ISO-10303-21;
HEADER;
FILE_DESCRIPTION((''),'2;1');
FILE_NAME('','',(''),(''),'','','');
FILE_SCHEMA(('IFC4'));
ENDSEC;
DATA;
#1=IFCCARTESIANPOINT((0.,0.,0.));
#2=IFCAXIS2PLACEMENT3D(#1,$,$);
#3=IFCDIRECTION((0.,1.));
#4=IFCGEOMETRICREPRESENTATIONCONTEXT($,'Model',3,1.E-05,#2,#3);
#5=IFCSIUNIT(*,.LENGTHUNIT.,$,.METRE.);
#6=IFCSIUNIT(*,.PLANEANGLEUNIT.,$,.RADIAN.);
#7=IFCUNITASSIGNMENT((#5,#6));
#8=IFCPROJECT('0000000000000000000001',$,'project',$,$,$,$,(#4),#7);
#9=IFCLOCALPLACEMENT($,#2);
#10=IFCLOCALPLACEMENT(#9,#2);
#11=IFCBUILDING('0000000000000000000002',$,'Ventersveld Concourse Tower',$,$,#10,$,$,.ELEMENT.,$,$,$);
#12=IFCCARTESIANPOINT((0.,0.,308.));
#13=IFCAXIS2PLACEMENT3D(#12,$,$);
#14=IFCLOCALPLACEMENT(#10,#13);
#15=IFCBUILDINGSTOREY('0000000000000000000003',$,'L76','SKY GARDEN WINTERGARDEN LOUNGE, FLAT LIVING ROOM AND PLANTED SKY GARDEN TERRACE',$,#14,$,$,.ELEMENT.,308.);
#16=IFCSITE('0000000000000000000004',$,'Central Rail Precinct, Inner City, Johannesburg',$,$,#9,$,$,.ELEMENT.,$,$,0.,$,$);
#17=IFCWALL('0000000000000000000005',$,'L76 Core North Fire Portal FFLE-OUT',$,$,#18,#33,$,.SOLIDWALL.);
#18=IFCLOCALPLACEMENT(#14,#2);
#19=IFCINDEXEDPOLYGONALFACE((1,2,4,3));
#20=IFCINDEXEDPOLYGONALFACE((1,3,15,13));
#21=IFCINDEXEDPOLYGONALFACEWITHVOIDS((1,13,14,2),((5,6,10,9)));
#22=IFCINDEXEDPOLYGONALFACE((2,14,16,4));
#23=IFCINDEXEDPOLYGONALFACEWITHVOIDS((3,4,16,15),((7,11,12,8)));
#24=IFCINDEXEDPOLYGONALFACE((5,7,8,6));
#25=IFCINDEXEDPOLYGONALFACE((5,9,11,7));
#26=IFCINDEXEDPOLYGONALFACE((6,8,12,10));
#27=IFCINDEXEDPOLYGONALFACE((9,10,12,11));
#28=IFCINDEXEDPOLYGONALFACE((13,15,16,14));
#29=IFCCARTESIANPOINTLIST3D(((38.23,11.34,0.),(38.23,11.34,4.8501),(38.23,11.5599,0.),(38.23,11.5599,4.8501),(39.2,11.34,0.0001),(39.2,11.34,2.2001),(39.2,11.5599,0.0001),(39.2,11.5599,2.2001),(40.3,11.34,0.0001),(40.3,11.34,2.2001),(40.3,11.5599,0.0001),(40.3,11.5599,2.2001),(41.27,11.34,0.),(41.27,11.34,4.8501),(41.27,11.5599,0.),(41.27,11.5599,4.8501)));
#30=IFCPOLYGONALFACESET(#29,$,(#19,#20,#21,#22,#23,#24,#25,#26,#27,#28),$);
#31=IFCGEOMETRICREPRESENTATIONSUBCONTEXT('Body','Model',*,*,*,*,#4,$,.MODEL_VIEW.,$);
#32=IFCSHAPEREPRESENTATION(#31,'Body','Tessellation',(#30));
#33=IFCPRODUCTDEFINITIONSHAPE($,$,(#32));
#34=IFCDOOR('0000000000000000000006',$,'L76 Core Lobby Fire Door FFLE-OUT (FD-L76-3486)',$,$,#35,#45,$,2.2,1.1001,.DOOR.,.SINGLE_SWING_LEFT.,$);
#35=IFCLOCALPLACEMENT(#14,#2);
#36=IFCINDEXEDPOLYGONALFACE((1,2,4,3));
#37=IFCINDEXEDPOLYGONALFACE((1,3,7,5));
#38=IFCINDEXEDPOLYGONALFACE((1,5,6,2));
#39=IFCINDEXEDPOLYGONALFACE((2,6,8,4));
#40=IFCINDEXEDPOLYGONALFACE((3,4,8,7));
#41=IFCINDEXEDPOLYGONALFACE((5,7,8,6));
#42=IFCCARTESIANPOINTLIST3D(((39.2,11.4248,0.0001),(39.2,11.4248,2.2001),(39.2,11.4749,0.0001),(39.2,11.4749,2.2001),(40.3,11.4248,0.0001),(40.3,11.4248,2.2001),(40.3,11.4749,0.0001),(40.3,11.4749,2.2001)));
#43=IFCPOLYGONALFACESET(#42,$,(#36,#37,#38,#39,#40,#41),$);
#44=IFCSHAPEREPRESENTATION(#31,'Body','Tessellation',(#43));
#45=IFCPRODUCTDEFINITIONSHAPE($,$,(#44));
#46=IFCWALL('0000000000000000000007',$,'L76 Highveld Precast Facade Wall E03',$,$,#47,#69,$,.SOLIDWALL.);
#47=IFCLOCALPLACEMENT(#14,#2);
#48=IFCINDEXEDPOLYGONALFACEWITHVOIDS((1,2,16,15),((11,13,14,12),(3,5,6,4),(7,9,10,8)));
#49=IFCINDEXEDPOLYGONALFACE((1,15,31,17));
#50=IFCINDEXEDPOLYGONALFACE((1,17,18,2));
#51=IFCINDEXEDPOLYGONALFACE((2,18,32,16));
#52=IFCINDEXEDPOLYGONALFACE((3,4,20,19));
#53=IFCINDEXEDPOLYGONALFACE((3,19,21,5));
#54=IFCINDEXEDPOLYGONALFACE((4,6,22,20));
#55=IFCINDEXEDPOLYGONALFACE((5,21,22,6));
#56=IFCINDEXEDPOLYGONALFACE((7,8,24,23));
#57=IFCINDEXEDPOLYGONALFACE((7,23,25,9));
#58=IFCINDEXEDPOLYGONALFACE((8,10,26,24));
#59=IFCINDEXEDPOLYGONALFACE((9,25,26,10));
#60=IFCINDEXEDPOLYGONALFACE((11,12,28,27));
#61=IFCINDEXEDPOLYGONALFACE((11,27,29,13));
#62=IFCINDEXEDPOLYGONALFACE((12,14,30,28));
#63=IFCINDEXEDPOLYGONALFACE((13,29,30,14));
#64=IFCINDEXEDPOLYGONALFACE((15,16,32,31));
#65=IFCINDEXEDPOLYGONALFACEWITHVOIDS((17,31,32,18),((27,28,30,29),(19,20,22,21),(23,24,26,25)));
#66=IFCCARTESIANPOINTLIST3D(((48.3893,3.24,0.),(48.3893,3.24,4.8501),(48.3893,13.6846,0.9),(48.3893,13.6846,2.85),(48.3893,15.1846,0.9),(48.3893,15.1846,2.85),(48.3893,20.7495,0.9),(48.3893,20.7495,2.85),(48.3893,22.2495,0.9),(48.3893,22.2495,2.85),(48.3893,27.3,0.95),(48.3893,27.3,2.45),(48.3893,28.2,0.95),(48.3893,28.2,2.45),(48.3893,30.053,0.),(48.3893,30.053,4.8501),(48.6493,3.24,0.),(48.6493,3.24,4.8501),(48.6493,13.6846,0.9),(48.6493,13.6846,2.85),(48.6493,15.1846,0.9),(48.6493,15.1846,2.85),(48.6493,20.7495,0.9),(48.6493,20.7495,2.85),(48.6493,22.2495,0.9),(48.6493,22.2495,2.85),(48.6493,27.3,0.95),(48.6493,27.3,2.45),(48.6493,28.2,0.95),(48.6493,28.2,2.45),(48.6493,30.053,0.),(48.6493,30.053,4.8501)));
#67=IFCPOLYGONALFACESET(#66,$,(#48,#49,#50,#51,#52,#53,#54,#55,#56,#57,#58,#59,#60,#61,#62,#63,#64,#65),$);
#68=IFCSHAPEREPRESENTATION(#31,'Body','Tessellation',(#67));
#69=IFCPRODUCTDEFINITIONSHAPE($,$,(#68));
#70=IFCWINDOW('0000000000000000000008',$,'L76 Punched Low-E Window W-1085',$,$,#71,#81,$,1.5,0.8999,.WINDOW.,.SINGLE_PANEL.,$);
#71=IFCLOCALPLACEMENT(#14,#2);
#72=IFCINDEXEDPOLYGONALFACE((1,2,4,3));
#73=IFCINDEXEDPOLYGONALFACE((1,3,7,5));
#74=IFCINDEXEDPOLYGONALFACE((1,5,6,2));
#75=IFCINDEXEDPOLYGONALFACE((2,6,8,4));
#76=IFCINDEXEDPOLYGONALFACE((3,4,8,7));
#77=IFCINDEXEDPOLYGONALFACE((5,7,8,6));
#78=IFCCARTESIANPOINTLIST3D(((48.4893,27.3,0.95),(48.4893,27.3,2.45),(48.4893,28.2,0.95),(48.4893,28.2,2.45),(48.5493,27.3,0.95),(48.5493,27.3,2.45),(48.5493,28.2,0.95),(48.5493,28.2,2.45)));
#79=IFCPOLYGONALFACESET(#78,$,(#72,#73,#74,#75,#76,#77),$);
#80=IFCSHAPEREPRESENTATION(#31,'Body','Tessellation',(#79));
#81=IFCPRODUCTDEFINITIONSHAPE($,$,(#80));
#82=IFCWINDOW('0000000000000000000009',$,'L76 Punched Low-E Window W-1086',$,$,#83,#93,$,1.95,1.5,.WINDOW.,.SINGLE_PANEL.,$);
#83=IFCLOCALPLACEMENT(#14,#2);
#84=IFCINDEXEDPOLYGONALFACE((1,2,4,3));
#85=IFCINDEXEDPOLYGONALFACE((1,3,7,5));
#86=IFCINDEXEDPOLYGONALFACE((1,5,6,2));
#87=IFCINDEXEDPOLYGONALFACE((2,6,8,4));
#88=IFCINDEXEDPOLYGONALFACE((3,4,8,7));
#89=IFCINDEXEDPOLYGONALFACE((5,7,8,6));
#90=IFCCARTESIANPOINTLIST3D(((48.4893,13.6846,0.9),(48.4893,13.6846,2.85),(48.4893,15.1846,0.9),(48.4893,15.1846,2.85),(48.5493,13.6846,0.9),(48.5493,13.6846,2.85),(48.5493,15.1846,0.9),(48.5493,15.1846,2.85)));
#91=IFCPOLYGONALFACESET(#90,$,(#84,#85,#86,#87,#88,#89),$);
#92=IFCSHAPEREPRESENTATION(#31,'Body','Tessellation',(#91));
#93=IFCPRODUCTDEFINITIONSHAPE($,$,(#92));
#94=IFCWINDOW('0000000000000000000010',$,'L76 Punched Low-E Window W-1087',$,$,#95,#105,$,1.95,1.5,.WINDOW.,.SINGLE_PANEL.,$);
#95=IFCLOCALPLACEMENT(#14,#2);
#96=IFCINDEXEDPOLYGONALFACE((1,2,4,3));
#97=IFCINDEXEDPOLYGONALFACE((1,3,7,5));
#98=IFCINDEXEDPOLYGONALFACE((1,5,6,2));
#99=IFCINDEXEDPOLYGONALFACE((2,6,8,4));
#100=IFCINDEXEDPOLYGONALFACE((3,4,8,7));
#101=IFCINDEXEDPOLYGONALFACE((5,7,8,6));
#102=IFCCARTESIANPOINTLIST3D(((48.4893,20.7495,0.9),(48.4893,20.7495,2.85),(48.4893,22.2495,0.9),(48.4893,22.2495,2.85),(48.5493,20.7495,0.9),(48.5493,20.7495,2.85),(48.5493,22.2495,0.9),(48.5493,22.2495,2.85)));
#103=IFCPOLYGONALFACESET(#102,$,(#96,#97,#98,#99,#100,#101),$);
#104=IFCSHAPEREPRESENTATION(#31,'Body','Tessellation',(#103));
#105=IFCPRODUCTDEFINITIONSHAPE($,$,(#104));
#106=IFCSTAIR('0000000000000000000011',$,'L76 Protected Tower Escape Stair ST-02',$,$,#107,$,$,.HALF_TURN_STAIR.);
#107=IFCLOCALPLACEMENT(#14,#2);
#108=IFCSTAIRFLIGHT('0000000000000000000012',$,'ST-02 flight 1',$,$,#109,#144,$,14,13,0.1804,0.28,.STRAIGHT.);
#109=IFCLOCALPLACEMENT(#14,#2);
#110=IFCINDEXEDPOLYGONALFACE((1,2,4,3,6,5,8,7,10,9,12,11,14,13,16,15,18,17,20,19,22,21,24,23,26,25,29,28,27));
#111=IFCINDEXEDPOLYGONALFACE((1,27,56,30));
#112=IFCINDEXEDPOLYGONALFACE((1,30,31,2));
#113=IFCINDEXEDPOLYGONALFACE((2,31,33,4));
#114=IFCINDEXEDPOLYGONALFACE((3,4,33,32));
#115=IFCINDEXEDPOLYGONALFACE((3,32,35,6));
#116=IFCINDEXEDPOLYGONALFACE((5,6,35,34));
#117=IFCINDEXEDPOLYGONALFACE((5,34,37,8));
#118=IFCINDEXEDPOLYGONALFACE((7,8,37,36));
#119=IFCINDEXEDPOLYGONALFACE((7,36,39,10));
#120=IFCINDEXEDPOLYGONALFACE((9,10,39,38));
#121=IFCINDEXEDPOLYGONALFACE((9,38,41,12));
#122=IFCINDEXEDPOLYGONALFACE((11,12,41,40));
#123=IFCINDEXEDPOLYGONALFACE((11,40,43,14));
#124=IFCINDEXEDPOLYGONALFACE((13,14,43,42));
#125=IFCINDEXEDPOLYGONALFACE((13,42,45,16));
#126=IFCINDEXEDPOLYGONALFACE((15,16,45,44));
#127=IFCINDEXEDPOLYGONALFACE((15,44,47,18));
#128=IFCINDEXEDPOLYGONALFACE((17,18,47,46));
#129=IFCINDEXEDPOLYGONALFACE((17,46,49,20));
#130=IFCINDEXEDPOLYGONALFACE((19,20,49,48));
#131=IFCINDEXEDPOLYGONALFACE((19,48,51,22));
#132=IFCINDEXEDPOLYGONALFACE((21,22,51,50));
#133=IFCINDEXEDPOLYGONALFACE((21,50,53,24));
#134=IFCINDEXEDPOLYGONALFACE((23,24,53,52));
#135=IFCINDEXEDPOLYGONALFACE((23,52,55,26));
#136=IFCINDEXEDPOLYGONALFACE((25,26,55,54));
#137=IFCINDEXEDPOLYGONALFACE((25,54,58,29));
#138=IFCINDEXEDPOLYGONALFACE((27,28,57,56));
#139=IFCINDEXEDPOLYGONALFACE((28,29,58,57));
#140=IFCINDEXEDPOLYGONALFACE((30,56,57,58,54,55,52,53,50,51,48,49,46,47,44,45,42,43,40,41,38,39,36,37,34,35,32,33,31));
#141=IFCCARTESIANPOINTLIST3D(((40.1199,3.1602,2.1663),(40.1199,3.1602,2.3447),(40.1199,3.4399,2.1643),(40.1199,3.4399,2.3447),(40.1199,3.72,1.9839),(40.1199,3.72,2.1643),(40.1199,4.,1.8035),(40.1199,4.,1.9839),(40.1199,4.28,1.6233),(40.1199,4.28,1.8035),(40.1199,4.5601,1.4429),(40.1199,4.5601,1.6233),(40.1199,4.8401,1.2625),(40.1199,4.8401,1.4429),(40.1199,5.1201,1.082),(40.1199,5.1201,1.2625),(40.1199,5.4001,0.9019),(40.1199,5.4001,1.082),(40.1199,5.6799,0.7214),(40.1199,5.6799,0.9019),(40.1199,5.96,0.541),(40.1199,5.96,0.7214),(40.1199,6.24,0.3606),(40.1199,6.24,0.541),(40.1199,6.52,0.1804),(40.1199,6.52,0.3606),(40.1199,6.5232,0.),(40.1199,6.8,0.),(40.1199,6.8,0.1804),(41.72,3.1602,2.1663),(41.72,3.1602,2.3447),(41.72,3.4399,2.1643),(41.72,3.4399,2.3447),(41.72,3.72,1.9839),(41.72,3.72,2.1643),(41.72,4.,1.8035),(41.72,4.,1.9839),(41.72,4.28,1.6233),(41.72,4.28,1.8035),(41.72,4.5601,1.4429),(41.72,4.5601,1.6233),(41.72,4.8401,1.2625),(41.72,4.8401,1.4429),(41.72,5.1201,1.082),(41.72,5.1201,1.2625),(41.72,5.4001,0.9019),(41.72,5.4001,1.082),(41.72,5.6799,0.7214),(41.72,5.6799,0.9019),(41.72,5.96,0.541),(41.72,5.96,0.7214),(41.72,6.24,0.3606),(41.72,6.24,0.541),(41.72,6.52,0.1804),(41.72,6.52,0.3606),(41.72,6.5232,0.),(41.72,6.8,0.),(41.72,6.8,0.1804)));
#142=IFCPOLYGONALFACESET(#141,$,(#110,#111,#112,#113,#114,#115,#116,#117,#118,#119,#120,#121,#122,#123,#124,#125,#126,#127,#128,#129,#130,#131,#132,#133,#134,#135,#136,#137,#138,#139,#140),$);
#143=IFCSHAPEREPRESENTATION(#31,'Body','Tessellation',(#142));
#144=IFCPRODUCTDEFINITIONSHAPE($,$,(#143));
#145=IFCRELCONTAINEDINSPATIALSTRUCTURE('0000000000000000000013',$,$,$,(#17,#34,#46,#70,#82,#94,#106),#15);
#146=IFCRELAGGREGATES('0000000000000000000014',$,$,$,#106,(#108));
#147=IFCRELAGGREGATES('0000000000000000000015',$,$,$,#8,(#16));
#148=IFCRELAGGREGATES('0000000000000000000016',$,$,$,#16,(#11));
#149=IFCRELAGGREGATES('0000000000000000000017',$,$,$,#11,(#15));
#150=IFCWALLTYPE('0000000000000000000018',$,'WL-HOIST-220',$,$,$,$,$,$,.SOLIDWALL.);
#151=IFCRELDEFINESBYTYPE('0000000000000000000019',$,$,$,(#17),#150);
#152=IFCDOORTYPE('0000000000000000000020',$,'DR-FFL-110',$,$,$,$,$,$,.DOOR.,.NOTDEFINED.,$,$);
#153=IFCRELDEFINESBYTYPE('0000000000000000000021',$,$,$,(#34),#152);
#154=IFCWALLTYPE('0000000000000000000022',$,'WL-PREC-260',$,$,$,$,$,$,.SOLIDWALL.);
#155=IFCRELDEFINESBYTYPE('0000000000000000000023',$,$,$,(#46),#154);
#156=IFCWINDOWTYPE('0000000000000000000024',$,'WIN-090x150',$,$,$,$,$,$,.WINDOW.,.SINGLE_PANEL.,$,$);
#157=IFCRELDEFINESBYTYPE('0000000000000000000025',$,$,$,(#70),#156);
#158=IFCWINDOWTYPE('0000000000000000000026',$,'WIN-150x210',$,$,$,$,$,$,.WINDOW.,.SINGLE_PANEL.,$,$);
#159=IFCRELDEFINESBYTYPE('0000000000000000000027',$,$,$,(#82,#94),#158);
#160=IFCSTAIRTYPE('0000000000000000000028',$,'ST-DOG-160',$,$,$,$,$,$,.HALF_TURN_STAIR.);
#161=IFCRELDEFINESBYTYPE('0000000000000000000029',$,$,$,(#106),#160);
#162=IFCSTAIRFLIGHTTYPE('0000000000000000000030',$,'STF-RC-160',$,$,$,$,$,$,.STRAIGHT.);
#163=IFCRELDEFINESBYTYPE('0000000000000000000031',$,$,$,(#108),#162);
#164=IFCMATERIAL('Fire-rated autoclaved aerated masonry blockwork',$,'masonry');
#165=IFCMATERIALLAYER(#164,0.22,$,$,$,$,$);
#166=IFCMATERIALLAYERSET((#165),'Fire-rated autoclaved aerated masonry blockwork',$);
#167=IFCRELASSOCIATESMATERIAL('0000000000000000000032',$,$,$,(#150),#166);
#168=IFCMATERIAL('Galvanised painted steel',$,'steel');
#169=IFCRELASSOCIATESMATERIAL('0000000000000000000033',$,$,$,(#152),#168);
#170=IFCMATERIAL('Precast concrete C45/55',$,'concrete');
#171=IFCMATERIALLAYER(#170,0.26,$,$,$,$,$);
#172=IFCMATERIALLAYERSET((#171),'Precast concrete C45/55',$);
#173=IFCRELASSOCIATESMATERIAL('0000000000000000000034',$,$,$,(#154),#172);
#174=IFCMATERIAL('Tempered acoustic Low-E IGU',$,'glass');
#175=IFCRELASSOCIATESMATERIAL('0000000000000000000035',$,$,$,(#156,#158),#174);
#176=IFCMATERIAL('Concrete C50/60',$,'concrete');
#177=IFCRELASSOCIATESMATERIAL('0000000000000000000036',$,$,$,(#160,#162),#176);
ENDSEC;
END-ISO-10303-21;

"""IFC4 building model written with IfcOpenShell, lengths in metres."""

from ifc_helpers import new_model, si_unit, direction, frame, frame_2d, origin, place, context, subcontext, project, spatial, polyline, rectangle, outline, extrude, material, layer, layer_set, type_object, element, fill, aggregate, save


model = new_model("IFC4")

# Units and contexts
model_context = context("Model", 3, precision=1e-05, world=origin(), true_north=direction((0.0, 1.0)))
body_context = subcontext(model_context, "Body", "Model", "MODEL_VIEW")
ifc_project = project(units=[si_unit("LENGTHUNIT", "METRE"), si_unit("PLANEANGLEUNIT", "RADIAN")], contexts=[model_context])

# Site, building, storey
site_placement = place(None, origin())
site = spatial("IfcSite", under=ifc_project, at=site_placement, Name="Central Rail Precinct, Inner City, Johannesburg", CompositionType="ELEMENT", RefElevation=0.0)
building_placement = place(site_placement, origin())
building = spatial("IfcBuilding", under=site, at=building_placement, Name="Ventersveld Concourse Tower", CompositionType="ELEMENT")
storey_placement = place(building_placement, frame((0.0, 0.0, 308.0)))
storey = spatial("IfcBuildingStorey", under=building, at=storey_placement, Name="L76", Description="SKY GARDEN WINTERGARDEN LOUNGE, FLAT LIVING ROOM AND PLANTED SKY GARDEN TERRACE", CompositionType="ELEMENT", Elevation=308.0)

# Shared definitions
ifc_material_1 = material(Name="Concrete C50/60", Category="concrete")

# Shared definitions
ifc_material_2 = material(Name="Fire-rated autoclaved aerated masonry blockwork", Category="masonry")
ifc_layer_1 = layer(ifc_material_2, 0.22)
ifc_layer_set_1 = layer_set([ifc_layer_1], Name="Fire-rated autoclaved aerated masonry blockwork")
wall_type_1 = type_object("IfcWallType", Name="WL-HOIST-220", PredefinedType="SOLIDWALL", material=ifc_layer_set_1)

# Wall, opening, door
ifc_material_3 = material(Name="Galvanised painted steel", Category="steel")
wall_1_placement = place(storey_placement, frame((38.23, 11.45, 0.0), z_axis=(0.0, 0.0, 1.0), x_axis=(1.0, 0.0, 0.0)))
wall_1 = element("IfcWall", 1, at=wall_1_placement, inside=storey, type_object=wall_type_1, Name="L76 Core North Fire Portal FFLE-OUT", PredefinedType="SOLIDWALL", context=body_context, shape_type="SweptSolid", body=[
    extrude(rectangle(XDim=3.04, YDim=0.22, at=frame_2d((1.52, 0.0))), origin(), (0.0, 0.0, 1.0), 4.8501),
])
opening_1_placement = place(wall_1_placement, frame((0.97, 0.0, 0.0)))
opening_1 = element("IfcOpeningElement", 2, at=opening_1_placement, cuts=wall_1, PredefinedType="OPENING", context=body_context, shape_type="SweptSolid", body=[
    extrude(rectangle(XDim=1.1001, YDim=2.2, at=frame_2d((0.55, 1.1001))), frame((0.0, 0.1201, 0.0), z_axis=(0.0, -1.0, 0.0), x_axis=(1.0, 0.0, 0.0)), (0.0, 0.0, 1.0), 0.24),
])
door_type_1 = type_object("IfcDoorType", Name="DR-FFL-110", OperationType="NOTDEFINED", PredefinedType="DOOR", material=ifc_material_3)
door_1_placement = place(opening_1_placement, origin())
door_1 = element("IfcDoor", 3, at=door_1_placement, inside=storey, type_object=door_type_1, Name="L76 Core Lobby Fire Door FFLE-OUT (FD-L76-3486)", OperationType="SINGLE_SWING_LEFT", OverallHeight=2.2, OverallWidth=1.1001, PredefinedType="DOOR", context=body_context, shape_type="SweptSolid", body=[
    extrude(rectangle(XDim=1.1001, YDim=2.2, at=frame_2d((0.55, 1.1001))), frame((0.0, 0.0249, 0.0), z_axis=(0.0, -1.0, 0.0), x_axis=(1.0, 0.0, 0.0)), (0.0, 0.0, 1.0), 0.05),
])
fill(opening_1, door_1)

# Wall, openings, windows
ifc_material_4 = material(Name="Precast concrete C45/55", Category="concrete")
ifc_layer_2 = layer(ifc_material_4, 0.26)
ifc_layer_set_2 = layer_set([ifc_layer_2], Name="Precast concrete C45/55")
wall_type_2 = type_object("IfcWallType", Name="WL-PREC-260", PredefinedType="SOLIDWALL", material=ifc_layer_set_2)
wall_2_placement = place(storey_placement, frame((48.5193, 3.24, 0.0), z_axis=(0.0, 0.0, 1.0), x_axis=(0.0, 1.0, 0.0)))
wall_2 = element("IfcWall", 4, at=wall_2_placement, inside=storey, type_object=wall_type_2, Name="L76 Highveld Precast Facade Wall E03", PredefinedType="SOLIDWALL", context=body_context, shape_type="SweptSolid", body=[
    extrude(rectangle(XDim=26.813, YDim=0.26, at=frame_2d((13.4065, 0.0))), origin(), (0.0, 0.0, 1.0), 4.8501),
])
opening_2_placement = place(wall_2_placement, frame((24.0601, 0.0, 0.95)))
opening_2 = element("IfcOpeningElement", 5, at=opening_2_placement, cuts=wall_2, PredefinedType="OPENING", context=body_context, shape_type="SweptSolid", body=[
    extrude(rectangle(XDim=0.8999, YDim=1.5, at=frame_2d((0.45, 0.75))), frame((0.0, 0.1401, 0.0), z_axis=(0.0, -1.0, 0.0), x_axis=(1.0, 0.0, 0.0)), (0.0, 0.0, 1.0), 0.28),
])
opening_3_placement = place(wall_2_placement, frame((10.4446, 0.0, 0.8999)))
opening_3 = element("IfcOpeningElement", 6, at=opening_3_placement, cuts=wall_2, PredefinedType="OPENING", context=body_context, shape_type="SweptSolid", body=[
    extrude(rectangle(XDim=1.5, YDim=1.95, at=frame_2d((0.75, 0.9751))), frame((0.0, 0.1401, 0.0), z_axis=(0.0, -1.0, 0.0), x_axis=(1.0, 0.0, 0.0)), (0.0, 0.0, 1.0), 0.28),
])
opening_4_placement = place(wall_2_placement, frame((17.5095, 0.0, 0.8999)))
opening_4 = element("IfcOpeningElement", 7, at=opening_4_placement, cuts=wall_2, PredefinedType="OPENING", context=body_context, shape_type="SweptSolid", body=[
    extrude(rectangle(XDim=1.5, YDim=1.95, at=frame_2d((0.75, 0.9751))), frame((0.0, 0.1401, 0.0), z_axis=(0.0, -1.0, 0.0), x_axis=(1.0, 0.0, 0.0)), (0.0, 0.0, 1.0), 0.28),
])
ifc_material_5 = material(Name="Tempered acoustic Low-E IGU", Category="glass")
window_type_1 = type_object("IfcWindowType", Name="WIN-090x150", PartitioningType="SINGLE_PANEL", PredefinedType="WINDOW", material=ifc_material_5)
window_1_placement = place(opening_2_placement, origin())
window_1 = element("IfcWindow", 8, at=window_1_placement, inside=storey, type_object=window_type_1, Name="L76 Punched Low-E Window W-1085", OverallHeight=1.5, OverallWidth=0.8999, PartitioningType="SINGLE_PANEL", PredefinedType="WINDOW", context=body_context, shape_type="SweptSolid", body=[
    extrude(rectangle(XDim=0.8999, YDim=1.5, at=frame_2d((0.45, 0.75))), frame((0.0, 0.03, 0.0), z_axis=(0.0, -1.0, 0.0), x_axis=(1.0, 0.0, 0.0)), (0.0, 0.0, 1.0), 0.0601),
])
fill(opening_2, window_1)
window_type_2 = type_object("IfcWindowType", Name="WIN-150x210", PartitioningType="SINGLE_PANEL", PredefinedType="WINDOW", material=ifc_material_5)
window_2_placement = place(opening_3_placement, origin())
window_2 = element("IfcWindow", 9, at=window_2_placement, inside=storey, type_object=window_type_2, Name="L76 Punched Low-E Window W-1086", OverallHeight=1.95, OverallWidth=1.5, PartitioningType="SINGLE_PANEL", PredefinedType="WINDOW", context=body_context, shape_type="SweptSolid", body=[
    extrude(rectangle(XDim=1.5, YDim=1.95, at=frame_2d((0.75, 0.9751))), frame((0.0, 0.03, 0.0), z_axis=(0.0, -1.0, 0.0), x_axis=(1.0, 0.0, 0.0)), (0.0, 0.0, 1.0), 0.0601),
])
fill(opening_3, window_2)
window_3_placement = place(opening_4_placement, origin())
window_3 = element("IfcWindow", 10, at=window_3_placement, inside=storey, type_object=window_type_2, Name="L76 Punched Low-E Window W-1087", OverallHeight=1.95, OverallWidth=1.5, PartitioningType="SINGLE_PANEL", PredefinedType="WINDOW", context=body_context, shape_type="SweptSolid", body=[
    extrude(rectangle(XDim=1.5, YDim=1.95, at=frame_2d((0.75, 0.9751))), frame((0.0, 0.03, 0.0), z_axis=(0.0, -1.0, 0.0), x_axis=(1.0, 0.0, 0.0)), (0.0, 0.0, 1.0), 0.0601),
])
fill(opening_4, window_3)

# Stair, stair flight
stair_type = type_object("IfcStairType", Name="ST-DOG-160", PredefinedType="HALF_TURN_STAIR", material=ifc_material_1)
stair_placement = place(storey_placement, origin())
stair = element("IfcStair", 11, at=stair_placement, inside=storey, type_object=stair_type, Name="L76 Protected Tower Escape Stair ST-02", PredefinedType="HALF_TURN_STAIR")
stair_flight_type = type_object("IfcStairFlightType", Name="STF-RC-160", PredefinedType="STRAIGHT", material=ifc_material_1)
stair_flight_placement = place(storey_placement, frame((40.9199, 6.8, 0.0), z_axis=(0.0, 0.0, 1.0), x_axis=(0.0, -1.0, 0.0)))
stair_flight = element("IfcStairFlight", 12, at=stair_flight_placement, type_object=stair_flight_type, Name="ST-02 flight 1", NumberOfRisers=14, NumberOfTreads=13, PredefinedType="STRAIGHT", RiserHeight=0.1804, TreadLength=0.28, context=body_context, shape_type="SweptSolid", body=[
    extrude(outline(polyline([(0.0, 0.0), (0.0, 0.1804), (0.28, 0.1804), (0.28, 0.3606), (0.5601, 0.3606), (0.5601, 0.541), (0.8401, 0.541), (0.8401, 0.7214), (1.1201, 0.7214), (1.1201, 0.9019), (1.3999, 0.9019), (1.3999, 1.082), (1.6799, 1.082), (1.6799, 1.2625), (1.96, 1.2625), (1.96, 1.4429), (2.24, 1.4429), (2.24, 1.6233), (2.52, 1.6233), (2.52, 1.8035), (2.8, 1.8035), (2.8, 1.9839), (3.0801, 1.9839), (3.0801, 2.1643), (3.3601, 2.1643), (3.3601, 2.3447), (3.6399, 2.3447), (3.6399, 2.5249), (3.6399, 2.1663), (0.2769, 0.0), (0.0, 0.0)])), frame((0.0, 0.8, 0.0), z_axis=(0.0, -1.0, 0.0), x_axis=(1.0, 0.0, 0.0)), (0.0, 0.0, 1.0), 1.6001),
])
aggregate(stair, [stair_flight])

save(model, "model.ifc")
